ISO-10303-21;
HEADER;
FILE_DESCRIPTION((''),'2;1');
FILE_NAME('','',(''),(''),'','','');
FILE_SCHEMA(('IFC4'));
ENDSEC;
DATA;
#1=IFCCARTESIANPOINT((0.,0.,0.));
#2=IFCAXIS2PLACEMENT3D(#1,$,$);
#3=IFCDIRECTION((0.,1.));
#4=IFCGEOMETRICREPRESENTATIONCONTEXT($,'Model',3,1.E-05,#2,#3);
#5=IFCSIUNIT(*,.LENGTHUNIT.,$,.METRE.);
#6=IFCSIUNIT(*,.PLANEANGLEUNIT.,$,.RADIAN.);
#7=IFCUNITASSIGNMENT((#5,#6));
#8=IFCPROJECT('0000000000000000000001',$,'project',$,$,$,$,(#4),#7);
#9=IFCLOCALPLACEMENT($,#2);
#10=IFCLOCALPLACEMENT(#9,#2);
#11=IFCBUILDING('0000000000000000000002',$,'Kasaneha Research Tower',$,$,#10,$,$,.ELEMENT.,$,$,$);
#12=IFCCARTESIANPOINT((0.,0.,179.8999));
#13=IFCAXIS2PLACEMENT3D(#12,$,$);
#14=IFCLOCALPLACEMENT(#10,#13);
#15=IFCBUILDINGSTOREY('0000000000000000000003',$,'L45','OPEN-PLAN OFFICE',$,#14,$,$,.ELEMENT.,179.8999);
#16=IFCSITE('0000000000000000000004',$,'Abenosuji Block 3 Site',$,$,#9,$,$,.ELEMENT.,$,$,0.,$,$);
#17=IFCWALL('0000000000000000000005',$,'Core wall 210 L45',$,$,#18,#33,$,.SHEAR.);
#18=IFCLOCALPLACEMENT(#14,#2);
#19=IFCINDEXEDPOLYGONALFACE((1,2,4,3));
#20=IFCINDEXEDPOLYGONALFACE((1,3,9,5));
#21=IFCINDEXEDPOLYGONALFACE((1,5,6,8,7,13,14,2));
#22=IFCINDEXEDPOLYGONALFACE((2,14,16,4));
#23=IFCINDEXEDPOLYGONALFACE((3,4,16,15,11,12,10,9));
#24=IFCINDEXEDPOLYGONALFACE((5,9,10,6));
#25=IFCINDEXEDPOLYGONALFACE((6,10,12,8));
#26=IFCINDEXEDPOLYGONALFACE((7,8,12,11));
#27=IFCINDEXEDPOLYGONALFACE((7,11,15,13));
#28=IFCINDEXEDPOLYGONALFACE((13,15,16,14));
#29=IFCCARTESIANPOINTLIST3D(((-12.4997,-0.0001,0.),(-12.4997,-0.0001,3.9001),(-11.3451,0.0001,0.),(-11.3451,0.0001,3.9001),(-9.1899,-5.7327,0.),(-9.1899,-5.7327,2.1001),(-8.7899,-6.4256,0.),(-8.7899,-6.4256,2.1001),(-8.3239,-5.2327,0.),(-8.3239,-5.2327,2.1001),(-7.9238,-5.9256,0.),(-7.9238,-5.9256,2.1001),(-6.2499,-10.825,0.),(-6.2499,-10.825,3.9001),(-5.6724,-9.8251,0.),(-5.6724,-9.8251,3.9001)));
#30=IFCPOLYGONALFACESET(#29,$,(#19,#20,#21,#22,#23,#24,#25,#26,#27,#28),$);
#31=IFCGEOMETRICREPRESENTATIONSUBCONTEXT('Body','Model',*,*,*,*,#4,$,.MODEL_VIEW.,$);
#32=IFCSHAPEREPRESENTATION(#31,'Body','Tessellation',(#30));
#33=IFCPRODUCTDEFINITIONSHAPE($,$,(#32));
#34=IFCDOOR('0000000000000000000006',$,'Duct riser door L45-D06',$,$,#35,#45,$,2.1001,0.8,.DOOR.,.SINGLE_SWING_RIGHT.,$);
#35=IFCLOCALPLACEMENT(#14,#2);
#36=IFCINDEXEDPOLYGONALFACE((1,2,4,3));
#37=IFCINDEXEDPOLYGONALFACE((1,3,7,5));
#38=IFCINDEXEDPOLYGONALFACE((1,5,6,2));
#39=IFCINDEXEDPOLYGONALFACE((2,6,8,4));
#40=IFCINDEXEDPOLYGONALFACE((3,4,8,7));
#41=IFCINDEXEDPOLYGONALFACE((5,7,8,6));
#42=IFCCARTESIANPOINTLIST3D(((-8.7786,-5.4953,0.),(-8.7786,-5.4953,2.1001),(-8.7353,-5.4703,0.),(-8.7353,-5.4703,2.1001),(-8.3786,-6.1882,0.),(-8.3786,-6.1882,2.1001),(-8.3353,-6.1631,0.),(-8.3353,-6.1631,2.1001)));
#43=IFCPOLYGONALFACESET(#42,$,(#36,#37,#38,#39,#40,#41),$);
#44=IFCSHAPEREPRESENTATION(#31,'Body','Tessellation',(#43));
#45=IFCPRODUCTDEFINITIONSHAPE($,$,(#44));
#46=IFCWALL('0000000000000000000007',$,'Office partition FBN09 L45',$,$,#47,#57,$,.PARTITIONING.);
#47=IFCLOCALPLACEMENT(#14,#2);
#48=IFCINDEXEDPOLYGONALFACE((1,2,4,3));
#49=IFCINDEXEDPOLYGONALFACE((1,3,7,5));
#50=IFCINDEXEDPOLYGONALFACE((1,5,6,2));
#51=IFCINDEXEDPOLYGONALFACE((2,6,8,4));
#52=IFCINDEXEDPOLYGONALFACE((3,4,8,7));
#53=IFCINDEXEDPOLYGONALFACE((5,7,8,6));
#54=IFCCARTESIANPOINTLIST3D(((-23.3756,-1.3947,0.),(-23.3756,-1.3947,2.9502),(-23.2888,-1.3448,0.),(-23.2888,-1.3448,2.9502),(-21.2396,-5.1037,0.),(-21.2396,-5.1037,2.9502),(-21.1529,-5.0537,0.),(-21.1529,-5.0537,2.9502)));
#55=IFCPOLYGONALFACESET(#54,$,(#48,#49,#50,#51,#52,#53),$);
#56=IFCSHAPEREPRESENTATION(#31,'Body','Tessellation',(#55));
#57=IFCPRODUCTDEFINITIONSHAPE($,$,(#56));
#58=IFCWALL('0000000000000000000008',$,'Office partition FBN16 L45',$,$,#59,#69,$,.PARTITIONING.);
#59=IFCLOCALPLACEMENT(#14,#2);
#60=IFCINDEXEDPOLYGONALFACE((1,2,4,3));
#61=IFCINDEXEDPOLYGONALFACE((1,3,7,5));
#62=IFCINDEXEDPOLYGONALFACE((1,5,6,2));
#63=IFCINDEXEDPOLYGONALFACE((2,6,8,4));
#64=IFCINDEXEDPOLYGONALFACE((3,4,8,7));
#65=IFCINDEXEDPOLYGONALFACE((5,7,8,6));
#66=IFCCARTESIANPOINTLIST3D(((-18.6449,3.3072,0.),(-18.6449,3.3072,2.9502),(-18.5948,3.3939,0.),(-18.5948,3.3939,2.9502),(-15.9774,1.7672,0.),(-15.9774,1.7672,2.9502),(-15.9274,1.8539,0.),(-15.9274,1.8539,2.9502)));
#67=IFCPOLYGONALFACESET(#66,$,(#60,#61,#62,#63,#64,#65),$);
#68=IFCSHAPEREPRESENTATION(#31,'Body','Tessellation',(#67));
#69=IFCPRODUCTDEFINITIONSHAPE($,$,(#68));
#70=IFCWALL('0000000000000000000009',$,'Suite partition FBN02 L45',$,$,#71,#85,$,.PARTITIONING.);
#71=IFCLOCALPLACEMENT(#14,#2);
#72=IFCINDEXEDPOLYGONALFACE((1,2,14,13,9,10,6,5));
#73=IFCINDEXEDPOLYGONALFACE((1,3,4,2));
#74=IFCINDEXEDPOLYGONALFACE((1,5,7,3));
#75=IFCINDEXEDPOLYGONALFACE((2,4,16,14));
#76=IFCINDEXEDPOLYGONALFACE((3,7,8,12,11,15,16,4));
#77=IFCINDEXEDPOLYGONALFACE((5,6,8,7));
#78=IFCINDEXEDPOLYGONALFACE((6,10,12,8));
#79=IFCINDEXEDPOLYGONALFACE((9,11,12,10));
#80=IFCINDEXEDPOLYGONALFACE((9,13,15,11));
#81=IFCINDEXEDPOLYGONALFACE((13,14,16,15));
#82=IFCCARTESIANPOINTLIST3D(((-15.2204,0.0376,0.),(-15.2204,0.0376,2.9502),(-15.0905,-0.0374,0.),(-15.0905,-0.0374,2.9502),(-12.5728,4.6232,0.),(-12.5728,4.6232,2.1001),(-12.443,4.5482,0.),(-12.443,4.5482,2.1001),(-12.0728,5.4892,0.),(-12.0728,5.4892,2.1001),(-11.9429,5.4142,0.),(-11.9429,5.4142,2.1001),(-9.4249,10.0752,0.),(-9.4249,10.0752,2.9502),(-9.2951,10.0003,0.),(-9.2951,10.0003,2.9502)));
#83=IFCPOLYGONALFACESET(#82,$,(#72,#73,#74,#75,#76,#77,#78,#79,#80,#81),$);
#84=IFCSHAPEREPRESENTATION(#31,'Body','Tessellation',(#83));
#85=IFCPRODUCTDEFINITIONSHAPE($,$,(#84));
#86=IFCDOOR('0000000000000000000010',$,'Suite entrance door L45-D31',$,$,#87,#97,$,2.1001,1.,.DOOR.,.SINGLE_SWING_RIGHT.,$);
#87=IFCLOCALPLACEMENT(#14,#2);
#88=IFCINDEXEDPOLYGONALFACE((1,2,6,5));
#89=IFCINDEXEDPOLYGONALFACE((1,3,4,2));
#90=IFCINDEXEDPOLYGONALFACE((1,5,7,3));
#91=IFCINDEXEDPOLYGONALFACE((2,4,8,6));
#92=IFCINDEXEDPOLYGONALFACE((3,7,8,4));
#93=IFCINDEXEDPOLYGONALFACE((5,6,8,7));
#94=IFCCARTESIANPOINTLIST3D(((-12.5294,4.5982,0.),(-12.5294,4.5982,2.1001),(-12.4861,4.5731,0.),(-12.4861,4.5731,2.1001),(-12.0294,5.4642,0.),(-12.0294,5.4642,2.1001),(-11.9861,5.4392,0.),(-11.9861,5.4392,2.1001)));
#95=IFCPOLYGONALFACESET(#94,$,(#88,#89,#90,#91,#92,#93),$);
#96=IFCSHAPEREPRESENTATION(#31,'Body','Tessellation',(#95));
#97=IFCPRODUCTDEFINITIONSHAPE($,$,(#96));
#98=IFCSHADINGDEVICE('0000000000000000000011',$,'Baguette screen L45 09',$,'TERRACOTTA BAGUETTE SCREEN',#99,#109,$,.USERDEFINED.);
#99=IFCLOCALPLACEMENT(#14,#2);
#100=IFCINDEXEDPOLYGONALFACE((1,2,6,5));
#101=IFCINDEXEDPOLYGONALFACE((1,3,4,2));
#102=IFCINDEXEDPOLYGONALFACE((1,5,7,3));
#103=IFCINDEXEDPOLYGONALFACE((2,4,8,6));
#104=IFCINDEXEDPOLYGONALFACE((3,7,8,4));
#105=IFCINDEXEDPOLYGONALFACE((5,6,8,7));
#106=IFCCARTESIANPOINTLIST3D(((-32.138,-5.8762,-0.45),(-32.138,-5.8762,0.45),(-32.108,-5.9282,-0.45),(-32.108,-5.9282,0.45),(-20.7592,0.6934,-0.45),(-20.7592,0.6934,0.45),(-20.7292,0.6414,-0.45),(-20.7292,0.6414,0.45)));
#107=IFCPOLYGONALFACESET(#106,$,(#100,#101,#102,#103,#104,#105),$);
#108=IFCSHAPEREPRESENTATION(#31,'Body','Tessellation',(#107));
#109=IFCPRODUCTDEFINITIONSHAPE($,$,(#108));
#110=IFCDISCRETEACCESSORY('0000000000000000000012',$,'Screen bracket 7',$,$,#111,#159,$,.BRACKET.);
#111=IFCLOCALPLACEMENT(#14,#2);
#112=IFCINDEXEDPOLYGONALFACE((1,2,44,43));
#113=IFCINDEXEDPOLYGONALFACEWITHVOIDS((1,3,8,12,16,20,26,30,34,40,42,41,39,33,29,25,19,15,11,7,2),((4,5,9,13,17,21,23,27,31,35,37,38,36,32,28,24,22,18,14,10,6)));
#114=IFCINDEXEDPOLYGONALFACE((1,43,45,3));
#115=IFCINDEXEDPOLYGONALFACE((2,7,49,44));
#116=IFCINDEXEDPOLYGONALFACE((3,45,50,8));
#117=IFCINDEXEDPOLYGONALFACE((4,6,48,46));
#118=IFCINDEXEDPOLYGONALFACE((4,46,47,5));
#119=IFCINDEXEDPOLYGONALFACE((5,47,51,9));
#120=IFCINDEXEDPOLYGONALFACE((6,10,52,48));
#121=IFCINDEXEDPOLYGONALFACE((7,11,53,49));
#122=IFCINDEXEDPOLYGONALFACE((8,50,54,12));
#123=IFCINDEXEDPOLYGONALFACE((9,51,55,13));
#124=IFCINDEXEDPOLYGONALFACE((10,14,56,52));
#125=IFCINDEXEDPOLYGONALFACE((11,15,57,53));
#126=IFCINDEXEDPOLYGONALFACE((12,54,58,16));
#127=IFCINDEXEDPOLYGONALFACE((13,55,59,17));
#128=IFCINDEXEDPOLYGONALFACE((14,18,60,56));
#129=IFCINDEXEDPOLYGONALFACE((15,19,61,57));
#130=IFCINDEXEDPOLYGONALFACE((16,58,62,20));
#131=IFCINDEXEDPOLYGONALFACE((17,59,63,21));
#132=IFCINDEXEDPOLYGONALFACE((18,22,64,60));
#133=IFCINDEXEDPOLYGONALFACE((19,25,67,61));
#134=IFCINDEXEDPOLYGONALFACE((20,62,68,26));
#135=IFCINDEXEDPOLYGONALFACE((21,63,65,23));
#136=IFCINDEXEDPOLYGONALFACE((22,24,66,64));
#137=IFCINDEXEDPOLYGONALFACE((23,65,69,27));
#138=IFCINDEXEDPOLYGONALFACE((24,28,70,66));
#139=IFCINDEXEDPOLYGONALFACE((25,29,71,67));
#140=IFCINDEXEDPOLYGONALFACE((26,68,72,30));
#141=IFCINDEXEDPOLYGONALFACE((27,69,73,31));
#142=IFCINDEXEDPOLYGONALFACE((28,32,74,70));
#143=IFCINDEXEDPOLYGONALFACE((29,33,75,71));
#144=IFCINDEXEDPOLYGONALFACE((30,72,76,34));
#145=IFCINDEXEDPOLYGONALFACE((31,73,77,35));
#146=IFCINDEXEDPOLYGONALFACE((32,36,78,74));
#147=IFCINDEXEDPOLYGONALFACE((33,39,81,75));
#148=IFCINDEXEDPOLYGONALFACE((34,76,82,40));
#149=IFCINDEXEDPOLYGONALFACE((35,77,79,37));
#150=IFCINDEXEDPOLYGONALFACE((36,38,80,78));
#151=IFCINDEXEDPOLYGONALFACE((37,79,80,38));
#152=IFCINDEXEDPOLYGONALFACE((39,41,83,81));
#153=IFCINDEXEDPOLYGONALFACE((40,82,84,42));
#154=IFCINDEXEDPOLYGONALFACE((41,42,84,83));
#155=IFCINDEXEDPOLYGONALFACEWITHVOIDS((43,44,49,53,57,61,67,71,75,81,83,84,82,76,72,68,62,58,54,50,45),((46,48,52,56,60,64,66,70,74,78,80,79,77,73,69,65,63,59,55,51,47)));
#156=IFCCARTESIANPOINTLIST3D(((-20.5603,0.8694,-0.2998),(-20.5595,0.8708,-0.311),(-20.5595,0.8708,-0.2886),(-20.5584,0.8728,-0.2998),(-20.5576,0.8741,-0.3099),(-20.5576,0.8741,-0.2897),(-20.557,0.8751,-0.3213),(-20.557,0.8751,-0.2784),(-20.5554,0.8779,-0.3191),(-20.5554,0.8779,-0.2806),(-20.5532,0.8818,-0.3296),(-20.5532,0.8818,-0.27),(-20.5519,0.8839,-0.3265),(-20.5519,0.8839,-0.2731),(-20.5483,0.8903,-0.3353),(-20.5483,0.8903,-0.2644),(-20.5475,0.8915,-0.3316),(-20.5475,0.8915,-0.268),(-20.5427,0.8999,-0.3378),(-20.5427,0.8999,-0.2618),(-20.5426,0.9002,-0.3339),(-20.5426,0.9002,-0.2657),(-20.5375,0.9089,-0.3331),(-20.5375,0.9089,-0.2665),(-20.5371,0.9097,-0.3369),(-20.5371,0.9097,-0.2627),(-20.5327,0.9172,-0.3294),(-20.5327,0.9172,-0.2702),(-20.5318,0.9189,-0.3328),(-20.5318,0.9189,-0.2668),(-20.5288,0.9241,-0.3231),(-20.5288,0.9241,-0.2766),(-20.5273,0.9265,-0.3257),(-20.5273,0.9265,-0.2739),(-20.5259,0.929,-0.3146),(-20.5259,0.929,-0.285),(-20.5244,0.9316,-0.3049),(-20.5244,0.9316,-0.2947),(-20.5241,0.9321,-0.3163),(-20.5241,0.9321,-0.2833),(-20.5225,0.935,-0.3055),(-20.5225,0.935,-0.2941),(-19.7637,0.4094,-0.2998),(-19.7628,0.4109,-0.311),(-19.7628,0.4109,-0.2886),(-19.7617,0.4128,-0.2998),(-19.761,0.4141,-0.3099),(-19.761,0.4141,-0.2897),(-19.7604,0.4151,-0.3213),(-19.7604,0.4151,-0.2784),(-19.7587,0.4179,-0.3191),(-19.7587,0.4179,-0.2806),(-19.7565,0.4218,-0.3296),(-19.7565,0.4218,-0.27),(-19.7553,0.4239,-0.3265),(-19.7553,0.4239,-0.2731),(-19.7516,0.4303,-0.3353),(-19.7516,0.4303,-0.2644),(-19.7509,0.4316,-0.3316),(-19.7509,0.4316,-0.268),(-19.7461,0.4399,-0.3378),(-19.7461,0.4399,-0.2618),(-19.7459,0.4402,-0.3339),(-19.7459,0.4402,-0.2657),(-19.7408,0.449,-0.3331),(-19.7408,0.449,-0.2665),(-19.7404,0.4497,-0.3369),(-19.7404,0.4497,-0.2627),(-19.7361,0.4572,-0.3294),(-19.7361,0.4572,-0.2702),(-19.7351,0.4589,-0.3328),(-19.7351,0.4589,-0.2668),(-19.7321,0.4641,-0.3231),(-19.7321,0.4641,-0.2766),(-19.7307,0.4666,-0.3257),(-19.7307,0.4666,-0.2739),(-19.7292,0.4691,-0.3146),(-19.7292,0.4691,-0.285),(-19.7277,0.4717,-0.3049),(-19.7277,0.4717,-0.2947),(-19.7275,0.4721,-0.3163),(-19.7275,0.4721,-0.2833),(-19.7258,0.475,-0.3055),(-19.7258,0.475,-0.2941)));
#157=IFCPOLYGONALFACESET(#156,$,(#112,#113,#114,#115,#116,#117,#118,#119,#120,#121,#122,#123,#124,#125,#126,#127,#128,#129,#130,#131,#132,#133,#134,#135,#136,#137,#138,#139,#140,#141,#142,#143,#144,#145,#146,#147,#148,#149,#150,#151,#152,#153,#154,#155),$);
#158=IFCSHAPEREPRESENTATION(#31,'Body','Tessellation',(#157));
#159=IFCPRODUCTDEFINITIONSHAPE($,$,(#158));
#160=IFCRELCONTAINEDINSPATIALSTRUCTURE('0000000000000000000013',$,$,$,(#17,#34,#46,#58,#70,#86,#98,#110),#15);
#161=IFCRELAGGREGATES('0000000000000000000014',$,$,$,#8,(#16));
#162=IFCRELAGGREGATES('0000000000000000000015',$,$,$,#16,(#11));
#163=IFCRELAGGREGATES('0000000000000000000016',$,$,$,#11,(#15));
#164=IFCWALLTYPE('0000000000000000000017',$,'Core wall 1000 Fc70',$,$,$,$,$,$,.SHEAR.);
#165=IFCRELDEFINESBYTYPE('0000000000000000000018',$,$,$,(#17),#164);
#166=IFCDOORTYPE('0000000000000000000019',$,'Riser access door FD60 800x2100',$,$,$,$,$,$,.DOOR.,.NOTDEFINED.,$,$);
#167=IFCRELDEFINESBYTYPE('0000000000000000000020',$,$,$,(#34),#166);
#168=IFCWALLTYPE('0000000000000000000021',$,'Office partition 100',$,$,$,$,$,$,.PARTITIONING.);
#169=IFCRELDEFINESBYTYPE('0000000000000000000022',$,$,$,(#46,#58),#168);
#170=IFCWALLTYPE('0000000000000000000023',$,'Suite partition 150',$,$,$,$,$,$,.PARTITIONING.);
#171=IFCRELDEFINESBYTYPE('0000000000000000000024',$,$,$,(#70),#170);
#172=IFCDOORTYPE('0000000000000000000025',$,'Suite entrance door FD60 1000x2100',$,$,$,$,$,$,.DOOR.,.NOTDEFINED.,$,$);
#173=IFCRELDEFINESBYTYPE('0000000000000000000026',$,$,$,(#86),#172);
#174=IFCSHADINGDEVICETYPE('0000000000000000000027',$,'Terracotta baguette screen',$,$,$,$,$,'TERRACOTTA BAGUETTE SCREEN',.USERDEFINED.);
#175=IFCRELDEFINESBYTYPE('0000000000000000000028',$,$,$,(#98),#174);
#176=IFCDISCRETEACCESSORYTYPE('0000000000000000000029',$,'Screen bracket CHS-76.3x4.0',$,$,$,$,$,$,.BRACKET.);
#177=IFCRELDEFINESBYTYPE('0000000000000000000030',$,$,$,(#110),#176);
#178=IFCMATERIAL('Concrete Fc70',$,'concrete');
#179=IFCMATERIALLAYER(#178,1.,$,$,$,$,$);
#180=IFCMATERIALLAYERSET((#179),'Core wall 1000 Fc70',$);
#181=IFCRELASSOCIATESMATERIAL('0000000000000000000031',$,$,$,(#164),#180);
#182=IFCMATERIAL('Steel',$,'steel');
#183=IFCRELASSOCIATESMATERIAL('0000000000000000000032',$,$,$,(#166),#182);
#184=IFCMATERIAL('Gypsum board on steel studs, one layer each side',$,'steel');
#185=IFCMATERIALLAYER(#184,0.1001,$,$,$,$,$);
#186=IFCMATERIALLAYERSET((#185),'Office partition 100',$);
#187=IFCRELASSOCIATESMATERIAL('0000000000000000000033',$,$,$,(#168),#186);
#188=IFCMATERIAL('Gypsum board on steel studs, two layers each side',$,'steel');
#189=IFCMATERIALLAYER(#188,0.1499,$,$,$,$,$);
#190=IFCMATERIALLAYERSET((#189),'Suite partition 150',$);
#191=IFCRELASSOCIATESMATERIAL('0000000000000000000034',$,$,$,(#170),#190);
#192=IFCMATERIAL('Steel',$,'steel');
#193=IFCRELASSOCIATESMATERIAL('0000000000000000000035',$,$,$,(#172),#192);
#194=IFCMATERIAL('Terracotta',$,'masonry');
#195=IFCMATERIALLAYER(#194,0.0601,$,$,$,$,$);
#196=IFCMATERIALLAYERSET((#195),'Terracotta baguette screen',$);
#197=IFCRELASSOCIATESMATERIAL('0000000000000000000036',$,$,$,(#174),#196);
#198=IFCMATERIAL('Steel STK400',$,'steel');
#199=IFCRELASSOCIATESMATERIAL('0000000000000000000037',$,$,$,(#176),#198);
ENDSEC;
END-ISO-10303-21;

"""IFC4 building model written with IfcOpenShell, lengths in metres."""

from ifc_helpers import new_model, si_unit, direction, frame, frame_2d, origin, origin_2d, place, context, subcontext, project, spatial, polyline, rectangle, hollow_circle, outline, extrude, material, layer, layer_set, material_profile, profile_set, type_object, element, fill, save


model = new_model("IFC4")

# Units and contexts
model_context = context("Model", 3, precision=1e-05, world=origin(), true_north=direction((0.0, 1.0)))
body_context = subcontext(model_context, "Body", "Model", "MODEL_VIEW")
ifc_project = project(units=[si_unit("LENGTHUNIT", "METRE"), si_unit("PLANEANGLEUNIT", "RADIAN")], contexts=[model_context])

# Site, building, storey
site_placement = place(None, origin())
site = spatial("IfcSite", under=ifc_project, at=site_placement, Name="Abenosuji Block 3 Site", CompositionType="ELEMENT", RefElevation=0.0)
building_placement = place(site_placement, origin())
building = spatial("IfcBuilding", under=site, at=building_placement, Name="Kasaneha Research Tower", CompositionType="ELEMENT")
storey_placement = place(building_placement, frame((0.0, 0.0, 179.8999)))
storey = spatial("IfcBuildingStorey", under=building, at=storey_placement, Name="L45", Description="OPEN-PLAN OFFICE", CompositionType="ELEMENT", Elevation=179.8999)

# Wall, opening, door
ifc_material_1 = material(Name="Concrete Fc70", Category="concrete")
ifc_layer_1 = layer(ifc_material_1, 1.0)
ifc_layer_set_1 = layer_set([ifc_layer_1], Name="Core wall 1000 Fc70")
wall_type_1 = type_object("IfcWallType", Name="Core wall 1000 Fc70", PredefinedType="SHEAR", material=ifc_layer_set_1)
wall_1_placement = place(storey_placement, frame((-11.9224, 0.0, 0.0), z_axis=(0.0, 0.0, 1.0), x_axis=(0.500004, -0.866023, 0.0)))
wall_1 = element("IfcWall", 1, at=wall_1_placement, inside=storey, type_object=wall_type_1, Name="Core wall 210 L45", PredefinedType="SHEAR", context=body_context, shape_type="SweptSolid", body=[
    extrude(outline(polyline([(-0.2886, -0.5), (6.3311, -0.5), (7.1311, -0.5), (12.2109, -0.5), (11.6338, 0.5), (7.1311, 0.5), (6.3311, 0.5), (0.2886, 0.5), (-0.2886, -0.5)])), origin(), (0.0, 0.0, 1.0), 3.9001),
])
opening_1_placement = place(wall_1_placement, frame((6.3311, 0.0, 0.0)))
opening_1 = element("IfcOpeningElement", 2, at=opening_1_placement, cuts=wall_1, PredefinedType="OPENING", context=body_context, shape_type="SweptSolid", body=[
    extrude(rectangle(XDim=0.8, YDim=2.1001, at=frame_2d((0.3999, 1.05))), frame((0.0, 0.51, 0.0), z_axis=(0.0, -1.0, 0.0), x_axis=(1.0, 0.0, 0.0)), (0.0, 0.0, 1.0), 1.02),
])
ifc_material_2 = material(Name="Steel", Category="steel")
door_type_1 = type_object("IfcDoorType", Name="Riser access door FD60 800x2100", OperationType="NOTDEFINED", PredefinedType="DOOR", material=ifc_material_2)
door_1_placement = place(opening_1_placement, origin())
door_1 = element("IfcDoor", 3, at=door_1_placement, inside=storey, type_object=door_type_1, Name="Duct riser door L45-D06", OperationType="SINGLE_SWING_RIGHT", OverallHeight=2.1001, OverallWidth=0.8, PredefinedType="DOOR", context=body_context, shape_type="SweptSolid", body=[
    extrude(rectangle(XDim=0.8, YDim=2.1001, at=frame_2d((0.3999, 1.05))), frame((0.0, 0.0249, 0.0), z_axis=(0.0, -1.0, 0.0), x_axis=(1.0, 0.0, 0.0)), (0.0, 0.0, 1.0), 0.05),
])
fill(opening_1, door_1)

# Walls
ifc_material_3 = material(Name="Gypsum board on steel studs, one layer each side", Category="steel")
ifc_layer_2 = layer(ifc_material_3, 0.1001)
ifc_layer_set_2 = layer_set([ifc_layer_2], Name="Office partition 100")
wall_type_2 = type_object("IfcWallType", Name="Office partition 100", PredefinedType="PARTITIONING", material=ifc_layer_set_2)
wall_2_placement = place(storey_placement, frame((-23.3323, -1.3696, 0.0), z_axis=(0.0, 0.0, 1.0), x_axis=(0.499054, -0.866571, 0.0)))
element("IfcWall", 4, at=wall_2_placement, inside=storey, type_object=wall_type_2, Name="Office partition FBN09 L45", PredefinedType="PARTITIONING", context=body_context, shape_type="SweptSolid", body=[
    extrude(rectangle(XDim=4.28, YDim=0.1001, at=frame_2d((2.1401, 0.0))), origin(), (0.0, 0.0, 1.0), 2.9502),
])
wall_3_placement = place(storey_placement, frame((-15.9524, 1.8105, 0.0), z_axis=(0.0, 0.0, 1.0), x_axis=(-0.86603, 0.499992, 0.0)))
element("IfcWall", 5, at=wall_3_placement, inside=storey, type_object=wall_type_2, Name="Office partition FBN16 L45", PredefinedType="PARTITIONING", context=body_context, shape_type="SweptSolid", body=[
    extrude(rectangle(XDim=3.0801, YDim=0.1001, at=frame_2d((1.54, 0.0))), origin(), (0.0, 0.0, 1.0), 2.9502),
])

# Wall, opening, door
ifc_material_4 = material(Name="Gypsum board on steel studs, two layers each side", Category="steel")
ifc_layer_3 = layer(ifc_material_4, 0.1499)
ifc_layer_set_3 = layer_set([ifc_layer_3], Name="Suite partition 150")
wall_type_3 = type_object("IfcWallType", Name="Suite partition 150", PredefinedType="PARTITIONING", material=ifc_layer_set_3)
wall_4_placement = place(storey_placement, frame((-15.1555, 0.0, 0.0), z_axis=(0.0, 0.0, 1.0), x_axis=(0.500013, 0.866018, 0.0)))
wall_4 = element("IfcWall", 6, at=wall_4_placement, inside=storey, type_object=wall_type_3, Name="Suite partition FBN02 L45", PredefinedType="PARTITIONING", context=body_context, shape_type="SweptSolid", body=[
    extrude(rectangle(XDim=11.5906, YDim=0.1499, at=frame_2d((5.7954, 0.0))), origin(), (0.0, 0.0, 1.0), 2.9502),
])
opening_2_placement = place(wall_4_placement, frame((5.2952, 0.0, 0.0)))
opening_2 = element("IfcOpeningElement", 7, at=opening_2_placement, cuts=wall_4, PredefinedType="OPENING", context=body_context, shape_type="SweptSolid", body=[
    extrude(rectangle(XDim=1.0, YDim=2.1001, at=frame_2d((0.5, 1.05))), frame((0.0, 0.085, 0.0), z_axis=(0.0, -1.0, 0.0), x_axis=(1.0, 0.0, 0.0)), (0.0, 0.0, 1.0), 0.1699),
])
ifc_material_5 = material(Name="Steel", Category="steel")
door_type_2 = type_object("IfcDoorType", Name="Suite entrance door FD60 1000x2100", OperationType="NOTDEFINED", PredefinedType="DOOR", material=ifc_material_5)
door_2_placement = place(opening_2_placement, origin())
door_2 = element("IfcDoor", 8, at=door_2_placement, inside=storey, type_object=door_type_2, Name="Suite entrance door L45-D31", OperationType="SINGLE_SWING_RIGHT", OverallHeight=2.1001, OverallWidth=1.0, PredefinedType="DOOR", context=body_context, shape_type="SweptSolid", body=[
    extrude(rectangle(XDim=1.0, YDim=2.1001, at=frame_2d((0.5, 1.05))), frame((0.0, 0.0249, 0.0), z_axis=(0.0, -1.0, 0.0), x_axis=(1.0, 0.0, 0.0)), (0.0, 0.0, 1.0), 0.05),
])
fill(opening_2, door_2)

# Shading device
ifc_material_6 = material(Name="Terracotta", Category="masonry")
ifc_layer_4 = layer(ifc_material_6, 0.0601)
ifc_layer_set_4 = layer_set([ifc_layer_4], Name="Terracotta baguette screen")
shading_device_type = type_object("IfcShadingDeviceType", Name="Terracotta baguette screen", ElementType="TERRACOTTA BAGUETTE SCREEN", PredefinedType="USERDEFINED", material=ifc_layer_set_4)
shading_device_placement = place(storey_placement, frame((-26.4336, -2.6174, -0.45), z_axis=(0.0, 0.0, 1.0), x_axis=(-0.866025, -0.5, 0.0)))
element("IfcShadingDevice", 9, at=shading_device_placement, inside=storey, type_object=shading_device_type, Name="Baguette screen L45 09", ObjectType="TERRACOTTA BAGUETTE SCREEN", PredefinedType="USERDEFINED", context=body_context, shape_type="SweptSolid", body=[
    extrude(rectangle(XDim=13.1392, YDim=0.0601, at=origin_2d()), origin(), (0.0, 0.0, 1.0), 0.8999),
])

# Discrete accessory
ifc_material_7 = material(Name="Steel STK400", Category="steel")
ifc_material_profile_1 = material_profile(ifc_material_7, hollow_circle(Radius=0.0381, WallThickness=0.0039, at=origin_2d()), Name="CHS-76.3x4.0")
ifc_profile_set_1 = profile_set([ifc_material_profile_1], Name="Steel STK400")
discrete_accessory_type = type_object("IfcDiscreteAccessoryType", Name="Screen bracket CHS-76.3x4.0", PredefinedType="BRACKET", material=ifc_profile_set_1)
for number, where, z_axis, x_axis, name in (
    (10, (-19.7446, 0.4424, -0.2998), (-0.866013, 0.500021, 0.0), (-0.500021, -0.866013, 0.0), "Screen bracket 7"),
):
    element("IfcDiscreteAccessory", number, at=place(storey_placement, frame(where, z_axis=z_axis, x_axis=x_axis)), inside=storey, type_object=discrete_accessory_type, Name=name, PredefinedType="BRACKET", context=body_context, shape_type="SweptSolid", body=[
        extrude(hollow_circle(Radius=0.0381, WallThickness=0.0039, at=origin_2d()), origin(), (0.0, 0.0, 1.0), 0.9199),
    ])

save(model, "model.ifc")
